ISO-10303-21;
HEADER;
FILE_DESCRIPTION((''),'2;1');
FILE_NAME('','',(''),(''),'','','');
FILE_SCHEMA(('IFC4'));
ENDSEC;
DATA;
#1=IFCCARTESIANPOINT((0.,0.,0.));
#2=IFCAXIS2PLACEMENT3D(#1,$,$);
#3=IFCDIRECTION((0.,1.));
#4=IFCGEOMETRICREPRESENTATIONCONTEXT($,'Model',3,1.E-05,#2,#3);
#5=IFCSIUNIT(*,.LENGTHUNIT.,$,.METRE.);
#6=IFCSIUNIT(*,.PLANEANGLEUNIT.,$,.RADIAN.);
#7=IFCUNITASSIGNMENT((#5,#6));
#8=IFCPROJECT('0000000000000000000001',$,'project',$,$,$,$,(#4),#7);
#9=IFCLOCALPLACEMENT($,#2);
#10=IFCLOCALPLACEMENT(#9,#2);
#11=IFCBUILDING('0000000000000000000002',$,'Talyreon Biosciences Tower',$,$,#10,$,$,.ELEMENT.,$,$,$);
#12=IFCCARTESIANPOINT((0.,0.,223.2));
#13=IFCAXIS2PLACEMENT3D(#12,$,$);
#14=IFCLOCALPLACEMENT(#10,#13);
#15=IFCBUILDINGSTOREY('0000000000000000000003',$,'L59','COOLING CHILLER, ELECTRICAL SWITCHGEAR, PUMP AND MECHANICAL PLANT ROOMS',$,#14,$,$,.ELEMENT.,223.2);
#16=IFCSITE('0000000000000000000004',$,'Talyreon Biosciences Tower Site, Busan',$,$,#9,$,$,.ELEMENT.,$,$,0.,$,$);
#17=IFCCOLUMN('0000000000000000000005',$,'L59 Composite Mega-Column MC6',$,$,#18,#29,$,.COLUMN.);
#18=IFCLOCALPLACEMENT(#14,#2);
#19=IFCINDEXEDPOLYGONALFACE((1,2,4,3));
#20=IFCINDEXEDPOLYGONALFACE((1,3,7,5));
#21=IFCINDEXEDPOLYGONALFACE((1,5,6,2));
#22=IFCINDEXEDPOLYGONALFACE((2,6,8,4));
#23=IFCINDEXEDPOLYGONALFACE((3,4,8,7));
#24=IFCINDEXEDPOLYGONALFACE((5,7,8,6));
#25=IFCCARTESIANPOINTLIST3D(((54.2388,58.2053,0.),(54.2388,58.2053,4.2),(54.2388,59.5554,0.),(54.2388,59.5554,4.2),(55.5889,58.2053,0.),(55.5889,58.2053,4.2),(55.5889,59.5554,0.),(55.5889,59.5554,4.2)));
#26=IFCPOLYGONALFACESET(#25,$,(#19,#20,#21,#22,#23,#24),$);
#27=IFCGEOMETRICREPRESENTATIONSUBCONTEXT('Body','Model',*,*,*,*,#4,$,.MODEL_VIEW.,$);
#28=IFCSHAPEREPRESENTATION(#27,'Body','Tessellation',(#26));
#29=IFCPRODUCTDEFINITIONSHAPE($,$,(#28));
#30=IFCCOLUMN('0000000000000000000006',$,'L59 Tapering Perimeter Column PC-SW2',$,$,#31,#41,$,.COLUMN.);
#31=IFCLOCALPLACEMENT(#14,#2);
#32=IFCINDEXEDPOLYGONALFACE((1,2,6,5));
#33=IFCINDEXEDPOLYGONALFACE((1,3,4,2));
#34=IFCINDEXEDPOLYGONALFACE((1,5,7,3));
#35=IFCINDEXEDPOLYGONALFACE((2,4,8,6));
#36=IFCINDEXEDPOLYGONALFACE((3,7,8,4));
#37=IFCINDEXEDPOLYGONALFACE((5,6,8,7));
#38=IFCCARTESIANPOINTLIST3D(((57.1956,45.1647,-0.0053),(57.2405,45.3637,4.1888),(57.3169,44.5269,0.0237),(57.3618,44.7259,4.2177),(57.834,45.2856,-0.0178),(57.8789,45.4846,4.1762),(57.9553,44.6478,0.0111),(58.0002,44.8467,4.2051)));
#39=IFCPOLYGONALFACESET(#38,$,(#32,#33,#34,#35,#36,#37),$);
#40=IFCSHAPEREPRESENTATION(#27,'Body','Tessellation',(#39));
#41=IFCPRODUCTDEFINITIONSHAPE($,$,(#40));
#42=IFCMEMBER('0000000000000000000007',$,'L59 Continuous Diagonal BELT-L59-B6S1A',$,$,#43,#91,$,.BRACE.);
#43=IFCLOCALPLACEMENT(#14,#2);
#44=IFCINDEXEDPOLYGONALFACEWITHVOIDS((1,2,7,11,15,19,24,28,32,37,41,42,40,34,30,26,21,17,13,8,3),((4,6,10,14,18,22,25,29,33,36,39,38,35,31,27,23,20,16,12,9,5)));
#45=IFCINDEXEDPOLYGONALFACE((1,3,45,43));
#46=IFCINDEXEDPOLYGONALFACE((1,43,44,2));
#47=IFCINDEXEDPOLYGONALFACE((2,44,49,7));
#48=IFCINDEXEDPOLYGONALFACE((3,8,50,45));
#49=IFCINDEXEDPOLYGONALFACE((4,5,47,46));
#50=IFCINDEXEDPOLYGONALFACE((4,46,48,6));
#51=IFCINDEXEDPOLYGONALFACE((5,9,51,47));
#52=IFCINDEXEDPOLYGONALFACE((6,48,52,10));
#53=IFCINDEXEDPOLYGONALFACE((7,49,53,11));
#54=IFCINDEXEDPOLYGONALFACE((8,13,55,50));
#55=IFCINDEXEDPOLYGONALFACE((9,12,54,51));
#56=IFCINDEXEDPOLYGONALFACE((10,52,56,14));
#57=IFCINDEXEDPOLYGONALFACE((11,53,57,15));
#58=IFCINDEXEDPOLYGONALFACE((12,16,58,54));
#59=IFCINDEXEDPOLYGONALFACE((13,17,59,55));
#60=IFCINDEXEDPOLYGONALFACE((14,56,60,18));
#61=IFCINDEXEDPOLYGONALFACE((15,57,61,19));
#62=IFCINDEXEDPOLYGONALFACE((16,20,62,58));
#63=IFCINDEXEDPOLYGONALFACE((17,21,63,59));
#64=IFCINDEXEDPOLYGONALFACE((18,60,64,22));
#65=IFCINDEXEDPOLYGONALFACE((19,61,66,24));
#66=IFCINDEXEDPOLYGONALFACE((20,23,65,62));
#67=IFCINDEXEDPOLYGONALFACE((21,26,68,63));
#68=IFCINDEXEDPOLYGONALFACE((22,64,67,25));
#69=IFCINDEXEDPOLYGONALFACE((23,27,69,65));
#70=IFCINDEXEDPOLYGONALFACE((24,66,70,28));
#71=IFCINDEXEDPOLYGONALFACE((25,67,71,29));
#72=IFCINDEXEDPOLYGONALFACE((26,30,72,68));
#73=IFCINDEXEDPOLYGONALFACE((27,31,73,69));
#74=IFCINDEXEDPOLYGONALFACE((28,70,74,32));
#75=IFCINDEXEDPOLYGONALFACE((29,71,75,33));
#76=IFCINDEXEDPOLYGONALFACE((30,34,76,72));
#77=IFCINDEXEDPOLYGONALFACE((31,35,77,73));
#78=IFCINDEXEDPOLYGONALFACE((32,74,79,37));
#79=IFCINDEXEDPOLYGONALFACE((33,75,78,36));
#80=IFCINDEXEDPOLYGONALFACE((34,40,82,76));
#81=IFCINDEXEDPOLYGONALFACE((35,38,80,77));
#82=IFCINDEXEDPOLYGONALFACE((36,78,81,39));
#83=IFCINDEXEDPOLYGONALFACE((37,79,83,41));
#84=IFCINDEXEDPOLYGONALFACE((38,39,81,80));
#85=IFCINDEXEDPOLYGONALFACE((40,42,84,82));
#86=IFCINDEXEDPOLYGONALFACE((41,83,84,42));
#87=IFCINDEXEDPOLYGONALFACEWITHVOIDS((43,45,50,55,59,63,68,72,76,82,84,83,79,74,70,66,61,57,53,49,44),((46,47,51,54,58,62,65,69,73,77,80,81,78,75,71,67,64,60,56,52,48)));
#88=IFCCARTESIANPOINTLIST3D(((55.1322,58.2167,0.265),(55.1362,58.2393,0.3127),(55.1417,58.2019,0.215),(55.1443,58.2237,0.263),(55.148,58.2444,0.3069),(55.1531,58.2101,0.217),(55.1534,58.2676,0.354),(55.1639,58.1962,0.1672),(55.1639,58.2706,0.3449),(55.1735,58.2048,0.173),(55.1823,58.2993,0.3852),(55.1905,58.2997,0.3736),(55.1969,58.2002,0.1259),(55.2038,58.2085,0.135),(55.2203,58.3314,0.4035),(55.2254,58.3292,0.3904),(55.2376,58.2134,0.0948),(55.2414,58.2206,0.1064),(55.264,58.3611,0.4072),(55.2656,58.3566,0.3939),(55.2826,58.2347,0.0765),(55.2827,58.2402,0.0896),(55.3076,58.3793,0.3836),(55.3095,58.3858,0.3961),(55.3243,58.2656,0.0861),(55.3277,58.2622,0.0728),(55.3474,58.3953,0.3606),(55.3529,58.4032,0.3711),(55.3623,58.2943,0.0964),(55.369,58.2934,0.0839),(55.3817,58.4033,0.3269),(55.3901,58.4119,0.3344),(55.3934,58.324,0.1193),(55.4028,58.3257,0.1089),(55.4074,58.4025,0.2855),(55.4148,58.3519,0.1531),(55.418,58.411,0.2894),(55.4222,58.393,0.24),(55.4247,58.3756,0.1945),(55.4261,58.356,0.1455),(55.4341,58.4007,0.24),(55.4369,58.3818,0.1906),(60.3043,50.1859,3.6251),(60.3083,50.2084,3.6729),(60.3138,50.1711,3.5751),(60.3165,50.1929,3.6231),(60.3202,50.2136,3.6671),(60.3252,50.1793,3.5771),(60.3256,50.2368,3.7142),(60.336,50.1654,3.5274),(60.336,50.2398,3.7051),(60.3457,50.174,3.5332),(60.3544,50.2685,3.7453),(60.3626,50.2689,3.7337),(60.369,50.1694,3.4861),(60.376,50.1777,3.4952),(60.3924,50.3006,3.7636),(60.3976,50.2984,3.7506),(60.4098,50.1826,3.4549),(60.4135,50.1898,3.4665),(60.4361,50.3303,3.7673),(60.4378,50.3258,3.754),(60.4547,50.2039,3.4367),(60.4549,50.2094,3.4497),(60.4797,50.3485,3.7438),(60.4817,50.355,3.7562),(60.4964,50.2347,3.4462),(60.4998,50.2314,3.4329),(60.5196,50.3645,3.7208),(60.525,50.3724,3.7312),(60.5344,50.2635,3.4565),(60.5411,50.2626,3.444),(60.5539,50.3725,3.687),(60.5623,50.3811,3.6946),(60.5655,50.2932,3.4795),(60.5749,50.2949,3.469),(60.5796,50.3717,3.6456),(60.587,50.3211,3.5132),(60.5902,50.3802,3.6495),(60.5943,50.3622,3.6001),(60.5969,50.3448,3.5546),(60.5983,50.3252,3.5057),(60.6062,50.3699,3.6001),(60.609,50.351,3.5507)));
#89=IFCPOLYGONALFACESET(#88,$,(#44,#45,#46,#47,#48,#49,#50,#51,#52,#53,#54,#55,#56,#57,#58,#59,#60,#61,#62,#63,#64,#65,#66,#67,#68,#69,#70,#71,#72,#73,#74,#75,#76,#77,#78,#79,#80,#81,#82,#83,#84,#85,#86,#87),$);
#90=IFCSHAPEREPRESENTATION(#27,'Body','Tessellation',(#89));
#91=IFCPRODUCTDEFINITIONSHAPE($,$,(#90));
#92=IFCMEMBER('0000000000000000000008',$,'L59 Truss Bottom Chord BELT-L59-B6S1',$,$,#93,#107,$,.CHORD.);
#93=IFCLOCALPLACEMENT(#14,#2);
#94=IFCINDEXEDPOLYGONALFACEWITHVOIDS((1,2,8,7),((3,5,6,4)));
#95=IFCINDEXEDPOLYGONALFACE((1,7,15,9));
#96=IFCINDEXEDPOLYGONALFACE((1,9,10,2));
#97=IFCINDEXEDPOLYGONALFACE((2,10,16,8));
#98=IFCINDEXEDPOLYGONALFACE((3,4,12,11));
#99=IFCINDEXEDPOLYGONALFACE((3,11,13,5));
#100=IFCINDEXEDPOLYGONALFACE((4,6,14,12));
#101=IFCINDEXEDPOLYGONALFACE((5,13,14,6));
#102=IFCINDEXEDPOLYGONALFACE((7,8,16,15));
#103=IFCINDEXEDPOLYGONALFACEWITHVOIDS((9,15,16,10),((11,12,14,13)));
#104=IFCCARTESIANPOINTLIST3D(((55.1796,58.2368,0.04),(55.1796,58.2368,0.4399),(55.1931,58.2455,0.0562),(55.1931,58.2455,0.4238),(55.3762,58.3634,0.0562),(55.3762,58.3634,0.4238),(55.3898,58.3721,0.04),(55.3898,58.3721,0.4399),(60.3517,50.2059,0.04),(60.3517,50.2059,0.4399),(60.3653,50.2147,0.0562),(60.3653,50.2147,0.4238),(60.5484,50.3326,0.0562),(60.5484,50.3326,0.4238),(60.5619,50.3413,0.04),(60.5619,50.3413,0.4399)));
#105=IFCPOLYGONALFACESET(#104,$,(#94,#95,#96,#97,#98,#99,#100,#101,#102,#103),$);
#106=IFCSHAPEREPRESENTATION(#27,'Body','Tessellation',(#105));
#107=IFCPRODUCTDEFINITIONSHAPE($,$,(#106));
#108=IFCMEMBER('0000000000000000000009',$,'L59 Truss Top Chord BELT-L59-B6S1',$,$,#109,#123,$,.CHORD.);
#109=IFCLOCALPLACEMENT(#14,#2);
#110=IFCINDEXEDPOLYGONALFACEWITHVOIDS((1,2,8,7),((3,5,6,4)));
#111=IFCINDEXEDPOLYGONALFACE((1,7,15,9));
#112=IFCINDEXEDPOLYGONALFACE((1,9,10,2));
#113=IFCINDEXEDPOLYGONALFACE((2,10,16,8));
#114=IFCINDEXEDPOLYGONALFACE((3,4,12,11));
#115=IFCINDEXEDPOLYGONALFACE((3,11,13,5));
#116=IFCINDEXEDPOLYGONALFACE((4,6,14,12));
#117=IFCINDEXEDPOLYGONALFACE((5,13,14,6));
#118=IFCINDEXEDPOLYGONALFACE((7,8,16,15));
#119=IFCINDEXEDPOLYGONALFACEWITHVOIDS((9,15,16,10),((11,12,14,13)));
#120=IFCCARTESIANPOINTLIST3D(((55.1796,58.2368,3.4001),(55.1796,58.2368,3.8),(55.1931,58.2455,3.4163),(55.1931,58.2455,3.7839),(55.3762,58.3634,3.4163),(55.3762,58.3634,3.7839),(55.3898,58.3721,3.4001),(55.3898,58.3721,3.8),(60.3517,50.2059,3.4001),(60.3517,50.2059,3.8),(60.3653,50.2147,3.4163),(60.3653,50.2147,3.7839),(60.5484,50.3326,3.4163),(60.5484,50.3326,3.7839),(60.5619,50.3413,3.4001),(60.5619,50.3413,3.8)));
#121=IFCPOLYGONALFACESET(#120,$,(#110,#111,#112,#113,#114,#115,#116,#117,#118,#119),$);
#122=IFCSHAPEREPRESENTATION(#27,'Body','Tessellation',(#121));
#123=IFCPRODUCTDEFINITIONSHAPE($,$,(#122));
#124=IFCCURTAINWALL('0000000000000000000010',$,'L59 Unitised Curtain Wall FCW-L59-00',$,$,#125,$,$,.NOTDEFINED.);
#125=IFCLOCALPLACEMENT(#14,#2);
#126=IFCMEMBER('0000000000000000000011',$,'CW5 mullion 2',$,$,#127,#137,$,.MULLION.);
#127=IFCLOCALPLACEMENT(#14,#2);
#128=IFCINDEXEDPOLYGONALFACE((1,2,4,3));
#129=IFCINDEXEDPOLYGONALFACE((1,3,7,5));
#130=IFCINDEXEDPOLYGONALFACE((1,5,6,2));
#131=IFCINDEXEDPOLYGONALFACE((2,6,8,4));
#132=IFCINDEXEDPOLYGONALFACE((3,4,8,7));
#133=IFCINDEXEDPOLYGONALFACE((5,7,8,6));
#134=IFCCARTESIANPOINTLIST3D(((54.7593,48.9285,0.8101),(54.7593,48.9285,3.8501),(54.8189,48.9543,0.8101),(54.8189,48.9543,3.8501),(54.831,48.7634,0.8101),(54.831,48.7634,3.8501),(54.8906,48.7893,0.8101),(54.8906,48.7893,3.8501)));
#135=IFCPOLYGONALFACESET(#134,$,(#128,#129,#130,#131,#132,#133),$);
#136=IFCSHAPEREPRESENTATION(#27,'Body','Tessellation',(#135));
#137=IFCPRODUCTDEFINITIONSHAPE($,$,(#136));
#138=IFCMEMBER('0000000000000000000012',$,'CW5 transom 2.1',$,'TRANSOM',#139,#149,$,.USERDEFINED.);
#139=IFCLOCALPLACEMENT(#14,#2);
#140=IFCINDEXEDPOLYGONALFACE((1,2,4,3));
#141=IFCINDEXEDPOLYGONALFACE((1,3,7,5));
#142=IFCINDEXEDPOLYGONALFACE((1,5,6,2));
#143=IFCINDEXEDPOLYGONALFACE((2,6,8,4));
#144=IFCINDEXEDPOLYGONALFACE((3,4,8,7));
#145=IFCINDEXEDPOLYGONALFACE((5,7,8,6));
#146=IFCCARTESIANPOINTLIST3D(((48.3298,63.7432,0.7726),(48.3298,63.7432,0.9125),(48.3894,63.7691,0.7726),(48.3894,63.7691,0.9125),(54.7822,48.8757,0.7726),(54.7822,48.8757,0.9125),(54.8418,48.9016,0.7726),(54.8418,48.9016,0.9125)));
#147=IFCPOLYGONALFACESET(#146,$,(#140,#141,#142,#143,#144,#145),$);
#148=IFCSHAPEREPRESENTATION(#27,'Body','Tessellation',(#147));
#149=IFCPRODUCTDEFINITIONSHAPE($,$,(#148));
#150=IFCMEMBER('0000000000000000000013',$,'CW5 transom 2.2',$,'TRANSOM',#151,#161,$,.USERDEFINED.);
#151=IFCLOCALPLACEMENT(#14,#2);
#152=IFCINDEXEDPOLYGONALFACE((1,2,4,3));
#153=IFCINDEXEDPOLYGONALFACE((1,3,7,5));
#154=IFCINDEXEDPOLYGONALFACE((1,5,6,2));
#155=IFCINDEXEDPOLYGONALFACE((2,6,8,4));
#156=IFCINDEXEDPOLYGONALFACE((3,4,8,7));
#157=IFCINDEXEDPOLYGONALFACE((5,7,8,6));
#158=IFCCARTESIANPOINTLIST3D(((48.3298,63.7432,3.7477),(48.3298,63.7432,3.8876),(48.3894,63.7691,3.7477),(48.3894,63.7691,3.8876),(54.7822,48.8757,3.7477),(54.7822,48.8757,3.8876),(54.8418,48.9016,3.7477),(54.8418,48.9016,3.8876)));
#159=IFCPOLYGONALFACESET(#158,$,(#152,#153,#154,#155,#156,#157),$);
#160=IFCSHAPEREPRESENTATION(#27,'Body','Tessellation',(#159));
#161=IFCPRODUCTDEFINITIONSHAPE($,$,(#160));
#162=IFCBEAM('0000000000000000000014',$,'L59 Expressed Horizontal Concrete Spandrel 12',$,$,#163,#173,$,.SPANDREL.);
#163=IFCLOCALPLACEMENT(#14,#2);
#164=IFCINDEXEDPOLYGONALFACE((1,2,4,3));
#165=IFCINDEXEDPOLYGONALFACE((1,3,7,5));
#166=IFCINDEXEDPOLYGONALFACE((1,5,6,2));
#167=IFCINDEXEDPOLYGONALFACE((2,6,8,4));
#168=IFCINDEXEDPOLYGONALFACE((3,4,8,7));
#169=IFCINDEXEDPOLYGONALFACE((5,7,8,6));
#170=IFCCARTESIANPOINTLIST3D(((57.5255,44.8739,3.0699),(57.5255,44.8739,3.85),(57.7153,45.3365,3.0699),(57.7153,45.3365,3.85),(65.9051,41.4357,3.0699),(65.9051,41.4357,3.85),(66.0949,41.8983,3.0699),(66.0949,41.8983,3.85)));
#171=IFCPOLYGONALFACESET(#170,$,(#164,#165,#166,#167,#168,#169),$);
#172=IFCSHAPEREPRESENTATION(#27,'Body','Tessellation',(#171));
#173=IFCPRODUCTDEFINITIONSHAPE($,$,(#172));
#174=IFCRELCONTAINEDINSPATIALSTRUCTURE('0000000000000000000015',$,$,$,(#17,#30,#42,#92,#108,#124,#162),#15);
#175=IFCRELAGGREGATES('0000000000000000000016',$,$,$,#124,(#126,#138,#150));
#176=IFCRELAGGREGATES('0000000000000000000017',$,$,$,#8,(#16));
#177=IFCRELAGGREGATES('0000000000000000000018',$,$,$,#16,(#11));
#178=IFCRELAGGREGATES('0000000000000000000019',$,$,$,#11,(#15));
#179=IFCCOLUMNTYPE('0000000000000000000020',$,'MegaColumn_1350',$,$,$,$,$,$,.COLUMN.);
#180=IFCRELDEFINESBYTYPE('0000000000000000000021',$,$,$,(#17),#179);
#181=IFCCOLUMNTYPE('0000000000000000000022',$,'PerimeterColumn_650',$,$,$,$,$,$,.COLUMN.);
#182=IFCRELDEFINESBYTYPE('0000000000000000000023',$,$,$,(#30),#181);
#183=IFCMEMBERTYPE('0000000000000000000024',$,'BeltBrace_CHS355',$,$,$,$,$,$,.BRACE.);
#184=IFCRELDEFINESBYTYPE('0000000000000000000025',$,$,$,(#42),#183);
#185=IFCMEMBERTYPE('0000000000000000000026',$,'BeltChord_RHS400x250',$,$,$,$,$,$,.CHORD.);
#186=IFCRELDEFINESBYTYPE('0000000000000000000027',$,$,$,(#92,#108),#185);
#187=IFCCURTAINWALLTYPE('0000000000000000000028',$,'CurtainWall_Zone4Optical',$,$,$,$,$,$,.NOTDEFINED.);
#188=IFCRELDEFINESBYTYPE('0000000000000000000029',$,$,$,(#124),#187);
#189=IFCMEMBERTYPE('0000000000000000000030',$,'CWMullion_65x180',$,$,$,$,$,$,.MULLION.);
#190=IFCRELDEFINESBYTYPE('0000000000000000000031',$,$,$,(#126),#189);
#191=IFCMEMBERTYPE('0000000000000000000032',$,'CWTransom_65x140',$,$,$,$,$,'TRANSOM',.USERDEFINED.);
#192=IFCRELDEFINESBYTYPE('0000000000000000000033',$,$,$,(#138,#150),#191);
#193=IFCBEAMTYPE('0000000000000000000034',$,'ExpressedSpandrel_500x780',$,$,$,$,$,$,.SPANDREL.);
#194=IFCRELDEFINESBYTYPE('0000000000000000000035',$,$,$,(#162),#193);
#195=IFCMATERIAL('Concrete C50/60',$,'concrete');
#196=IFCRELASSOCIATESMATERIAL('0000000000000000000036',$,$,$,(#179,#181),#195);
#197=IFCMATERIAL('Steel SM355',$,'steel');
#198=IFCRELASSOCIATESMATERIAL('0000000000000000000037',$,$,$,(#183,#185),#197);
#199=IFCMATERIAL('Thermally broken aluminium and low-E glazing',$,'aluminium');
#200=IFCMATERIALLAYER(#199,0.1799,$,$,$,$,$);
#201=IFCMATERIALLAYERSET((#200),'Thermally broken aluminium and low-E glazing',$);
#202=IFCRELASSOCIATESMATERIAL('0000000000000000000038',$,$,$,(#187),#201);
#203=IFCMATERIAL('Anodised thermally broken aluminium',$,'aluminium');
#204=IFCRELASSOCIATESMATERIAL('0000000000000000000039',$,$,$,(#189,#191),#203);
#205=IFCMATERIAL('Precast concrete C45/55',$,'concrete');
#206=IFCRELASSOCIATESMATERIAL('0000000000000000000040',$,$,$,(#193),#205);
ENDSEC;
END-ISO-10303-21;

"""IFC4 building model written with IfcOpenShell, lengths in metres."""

from ifc_helpers import new_model, si_unit, direction, frame, origin, origin_2d, place, context, subcontext, project, spatial, rectangle, hollow_rectangle, hollow_circle, extrude, material, layer, layer_set, material_profile, profile_set, type_object, element, aggregate, save


model = new_model("IFC4")

# Units and contexts
model_context = context("Model", 3, precision=1e-05, world=origin(), true_north=direction((0.0, 1.0)))
body_context = subcontext(model_context, "Body", "Model", "MODEL_VIEW")
ifc_project = project(units=[si_unit("LENGTHUNIT", "METRE"), si_unit("PLANEANGLEUNIT", "RADIAN")], contexts=[model_context])

# Site, building, storey
site_placement = place(None, origin())
site = spatial("IfcSite", under=ifc_project, at=site_placement, Name="Talyreon Biosciences Tower Site, Busan", CompositionType="ELEMENT", RefElevation=0.0)
building_placement = place(site_placement, origin())
building = spatial("IfcBuilding", under=site, at=building_placement, Name="Talyreon Biosciences Tower", CompositionType="ELEMENT")
storey_placement = place(building_placement, frame((0.0, 0.0, 223.2)))
storey = spatial("IfcBuildingStorey", under=building, at=storey_placement, Name="L59", Description="COOLING CHILLER, ELECTRICAL SWITCHGEAR, PUMP AND MECHANICAL PLANT ROOMS", CompositionType="ELEMENT", Elevation=223.2)

# Columns
ifc_material_1 = material(Name="Concrete C50/60", Category="concrete")
ifc_material_profile_1 = material_profile(ifc_material_1, rectangle(XDim=1.3501, YDim=1.3501, at=origin_2d()), Name="RC 1350x1350")
ifc_profile_set_1 = profile_set([ifc_material_profile_1], Name="Concrete C50/60")
column_type_1 = type_object("IfcColumnType", Name="MegaColumn_1350", PredefinedType="COLUMN", material=ifc_profile_set_1)
column_1_placement = place(storey_placement, frame((54.9138, 58.8804, 0.0), z_axis=(0.0, 0.0, 1.0), x_axis=(1.0, 0.0, 0.0)))
element("IfcColumn", 1, at=column_1_placement, inside=storey, type_object=column_type_1, Name="L59 Composite Mega-Column MC6", PredefinedType="COLUMN", context=body_context, shape_type="SweptSolid", body=[
    extrude(rectangle(XDim=1.3501, YDim=1.3501, at=origin_2d()), origin(), (0.0, 0.0, 1.0), 4.2),
])
ifc_material_profile_2 = material_profile(ifc_material_1, rectangle(XDim=0.6499, YDim=0.6499, at=origin_2d()), Name="RC 650x650")
ifc_profile_set_2 = profile_set([ifc_material_profile_2], Name="Concrete C50/60")
column_type_2 = type_object("IfcColumnType", Name="PerimeterColumn_650", PredefinedType="COLUMN", material=ifc_profile_set_2)
column_2_placement = place(storey_placement, frame((57.5754, 44.9062, 0.0029), z_axis=(0.010698, 0.047386, 0.998819), x_axis=(-0.186656, 0.981414, -0.044561)))
element("IfcColumn", 2, at=column_2_placement, inside=storey, type_object=column_type_2, Name="L59 Tapering Perimeter Column PC-SW2", PredefinedType="COLUMN", context=body_context, shape_type="SweptSolid", body=[
    extrude(rectangle(XDim=0.6499, YDim=0.6499, at=origin_2d()), origin(), (0.0, 0.0, 1.0), 4.199),
])

# Members
ifc_material_2 = material(Name="Steel SM355", Category="steel")
ifc_material_profile_3 = material_profile(ifc_material_2, hollow_circle(Radius=0.1777, WallThickness=0.0142, at=origin_2d()), Name="CHS 355.6x14.2")
ifc_profile_set_3 = profile_set([ifc_material_profile_3], Name="Steel SM355")
member_type_1 = type_object("IfcMemberType", Name="BeltBrace_CHS355", PredefinedType="BRACE", material=ifc_profile_set_3)
member_1_placement = place(storey_placement, frame((55.2847, 58.3044, 0.24), z_axis=(0.51078, -0.79309, 0.331832), x_axis=(0.840726, 0.54146, 0.0)))
element("IfcMember", 3, at=member_1_placement, inside=storey, type_object=member_type_1, Name="L59 Continuous Diagonal BELT-L59-B6S1A", PredefinedType="BRACE", context=body_context, shape_type="SweptSolid", body=[
    extrude(hollow_circle(Radius=0.1777, WallThickness=0.0142, at=origin_2d()), origin(), (0.0, 0.0, 1.0), 10.126),
])
ifc_material_profile_4 = material_profile(ifc_material_2, hollow_rectangle(XDim=0.25, YDim=0.3999, WallThickness=0.0161, at=origin_2d()), Name="RHS 400x250x16")
ifc_profile_set_4 = profile_set([ifc_material_profile_4], Name="Steel SM355")
member_type_2 = type_object("IfcMemberType", Name="BeltChord_RHS400x250", PredefinedType="CHORD", material=ifc_profile_set_4)
for number, where, z_axis, x_axis, name in (
    (4, (55.2847, 58.3044, 0.24), (0.54146, -0.840726, 0.0), (0.840726, 0.54146, 0.0), "L59 Truss Bottom Chord BELT-L59-B6S1"),
    (5, (55.2847, 58.3044, 3.6001), (0.54146, -0.840726, 0.0), (0.840726, 0.54146, 0.0), "L59 Truss Top Chord BELT-L59-B6S1"),
):
    element("IfcMember", number, at=place(storey_placement, frame(where, z_axis=z_axis, x_axis=x_axis)), inside=storey, type_object=member_type_2, Name=name, PredefinedType="CHORD", context=body_context, shape_type="SweptSolid", body=[
        extrude(hollow_rectangle(XDim=0.25, YDim=0.3999, WallThickness=0.0161, at=origin_2d()), origin(), (0.0, 0.0, 1.0), 9.5522),
    ])

# Curtain wall, members
ifc_material_3 = material(Name="Thermally broken aluminium and low-E glazing", Category="aluminium")
ifc_layer_1 = layer(ifc_material_3, 0.1799)
ifc_layer_set_1 = layer_set([ifc_layer_1], Name="Thermally broken aluminium and low-E glazing")
curtain_wall_type = type_object("IfcCurtainWallType", Name="CurtainWall_Zone4Optical", PredefinedType="NOTDEFINED", material=ifc_layer_set_1)
curtain_wall_placement = place(storey_placement, origin())
curtain_wall = element("IfcCurtainWall", 6, at=curtain_wall_placement, inside=storey, type_object=curtain_wall_type, Name="L59 Unitised Curtain Wall FCW-L59-00", PredefinedType="NOTDEFINED")
ifc_material_4 = material(Name="Anodised thermally broken aluminium", Category="aluminium")
ifc_material_profile_5 = material_profile(ifc_material_4, rectangle(XDim=0.0649, YDim=0.1799, at=origin_2d()), Name="ALUM MULLION 65x180")
ifc_profile_set_5 = profile_set([ifc_material_profile_5], Name="Anodised thermally broken aluminium")
member_type_3 = type_object("IfcMemberType", Name="CWMullion_65x180", PredefinedType="MULLION", material=ifc_profile_set_5)
member_2_placement = place(storey_placement, frame((54.825, 48.8589, 0.8101), z_axis=(0.0, 0.0, 1.0), x_axis=(-0.917337, -0.398112, 0.0)))
member_2 = element("IfcMember", 7, at=member_2_placement, type_object=member_type_3, Name="CW5 mullion 2", PredefinedType="MULLION", context=body_context, shape_type="SweptSolid", body=[
    extrude(rectangle(XDim=0.0649, YDim=0.1799, at=origin_2d()), origin(), (0.0, 0.0, 1.0), 3.04),
])
ifc_material_profile_6 = material_profile(ifc_material_4, rectangle(XDim=0.0649, YDim=0.1399, at=origin_2d()), Name="ALUM TRANSOM 65x140")
ifc_profile_set_6 = profile_set([ifc_material_profile_6], Name="Anodised thermally broken aluminium")
member_type_4 = type_object("IfcMemberType", Name="CWTransom_65x140", ElementType="TRANSOM", PredefinedType="USERDEFINED", material=ifc_profile_set_6)
member_3_placement = place(storey_placement, frame((54.812, 48.8887, 0.8425), z_axis=(-0.398118, 0.917334, 0.0), x_axis=(-0.917334, -0.398118, 0.0)))
member_3 = element("IfcMember", 8, at=member_3_placement, type_object=member_type_4, Name="CW5 transom 2.1", ObjectType="TRANSOM", PredefinedType="USERDEFINED", context=body_context, shape_type="SweptSolid", body=[
    extrude(rectangle(XDim=0.0649, YDim=0.1399, at=origin_2d()), origin(), (0.0, 0.0, 1.0), 16.2073),
])
member_4_placement = place(storey_placement, frame((54.812, 48.8887, 3.8176), z_axis=(-0.398118, 0.917334, 0.0), x_axis=(-0.917334, -0.398118, 0.0)))
member_4 = element("IfcMember", 9, at=member_4_placement, type_object=member_type_4, Name="CW5 transom 2.2", ObjectType="TRANSOM", PredefinedType="USERDEFINED", context=body_context, shape_type="SweptSolid", body=[
    extrude(rectangle(XDim=0.0649, YDim=0.1399, at=origin_2d()), origin(), (0.0, 0.0, 1.0), 16.2073),
])

# Beam
ifc_material_5 = material(Name="Precast concrete C45/55", Category="concrete")
ifc_material_profile_7 = material_profile(ifc_material_5, rectangle(XDim=0.5, YDim=0.78, at=origin_2d()), Name="RCB 500x780")
ifc_profile_set_7 = profile_set([ifc_material_profile_7], Name="Precast concrete C45/55")
beam_type_1 = type_object("IfcBeamType", Name="ExpressedSpandrel_500x780", PredefinedType="SPANDREL", material=ifc_profile_set_7)
beam_1_placement = place(storey_placement, frame((57.6204, 45.1052, 3.46), z_axis=(0.925152, -0.379597, 0.0), x_axis=(0.379597, 0.925152, 0.0)))
element("IfcBeam", 10, at=beam_1_placement, inside=storey, type_object=beam_type_1, Name="L59 Expressed Horizontal Concrete Spandrel 12", PredefinedType="SPANDREL", context=body_context, shape_type="SweptSolid", body=[
    extrude(rectangle(XDim=0.5, YDim=0.78, at=origin_2d()), origin(), (0.0, 0.0, 1.0), 9.0576),
])

aggregate(curtain_wall, [member_2, member_3, member_4])

save(model, "model.ifc")
